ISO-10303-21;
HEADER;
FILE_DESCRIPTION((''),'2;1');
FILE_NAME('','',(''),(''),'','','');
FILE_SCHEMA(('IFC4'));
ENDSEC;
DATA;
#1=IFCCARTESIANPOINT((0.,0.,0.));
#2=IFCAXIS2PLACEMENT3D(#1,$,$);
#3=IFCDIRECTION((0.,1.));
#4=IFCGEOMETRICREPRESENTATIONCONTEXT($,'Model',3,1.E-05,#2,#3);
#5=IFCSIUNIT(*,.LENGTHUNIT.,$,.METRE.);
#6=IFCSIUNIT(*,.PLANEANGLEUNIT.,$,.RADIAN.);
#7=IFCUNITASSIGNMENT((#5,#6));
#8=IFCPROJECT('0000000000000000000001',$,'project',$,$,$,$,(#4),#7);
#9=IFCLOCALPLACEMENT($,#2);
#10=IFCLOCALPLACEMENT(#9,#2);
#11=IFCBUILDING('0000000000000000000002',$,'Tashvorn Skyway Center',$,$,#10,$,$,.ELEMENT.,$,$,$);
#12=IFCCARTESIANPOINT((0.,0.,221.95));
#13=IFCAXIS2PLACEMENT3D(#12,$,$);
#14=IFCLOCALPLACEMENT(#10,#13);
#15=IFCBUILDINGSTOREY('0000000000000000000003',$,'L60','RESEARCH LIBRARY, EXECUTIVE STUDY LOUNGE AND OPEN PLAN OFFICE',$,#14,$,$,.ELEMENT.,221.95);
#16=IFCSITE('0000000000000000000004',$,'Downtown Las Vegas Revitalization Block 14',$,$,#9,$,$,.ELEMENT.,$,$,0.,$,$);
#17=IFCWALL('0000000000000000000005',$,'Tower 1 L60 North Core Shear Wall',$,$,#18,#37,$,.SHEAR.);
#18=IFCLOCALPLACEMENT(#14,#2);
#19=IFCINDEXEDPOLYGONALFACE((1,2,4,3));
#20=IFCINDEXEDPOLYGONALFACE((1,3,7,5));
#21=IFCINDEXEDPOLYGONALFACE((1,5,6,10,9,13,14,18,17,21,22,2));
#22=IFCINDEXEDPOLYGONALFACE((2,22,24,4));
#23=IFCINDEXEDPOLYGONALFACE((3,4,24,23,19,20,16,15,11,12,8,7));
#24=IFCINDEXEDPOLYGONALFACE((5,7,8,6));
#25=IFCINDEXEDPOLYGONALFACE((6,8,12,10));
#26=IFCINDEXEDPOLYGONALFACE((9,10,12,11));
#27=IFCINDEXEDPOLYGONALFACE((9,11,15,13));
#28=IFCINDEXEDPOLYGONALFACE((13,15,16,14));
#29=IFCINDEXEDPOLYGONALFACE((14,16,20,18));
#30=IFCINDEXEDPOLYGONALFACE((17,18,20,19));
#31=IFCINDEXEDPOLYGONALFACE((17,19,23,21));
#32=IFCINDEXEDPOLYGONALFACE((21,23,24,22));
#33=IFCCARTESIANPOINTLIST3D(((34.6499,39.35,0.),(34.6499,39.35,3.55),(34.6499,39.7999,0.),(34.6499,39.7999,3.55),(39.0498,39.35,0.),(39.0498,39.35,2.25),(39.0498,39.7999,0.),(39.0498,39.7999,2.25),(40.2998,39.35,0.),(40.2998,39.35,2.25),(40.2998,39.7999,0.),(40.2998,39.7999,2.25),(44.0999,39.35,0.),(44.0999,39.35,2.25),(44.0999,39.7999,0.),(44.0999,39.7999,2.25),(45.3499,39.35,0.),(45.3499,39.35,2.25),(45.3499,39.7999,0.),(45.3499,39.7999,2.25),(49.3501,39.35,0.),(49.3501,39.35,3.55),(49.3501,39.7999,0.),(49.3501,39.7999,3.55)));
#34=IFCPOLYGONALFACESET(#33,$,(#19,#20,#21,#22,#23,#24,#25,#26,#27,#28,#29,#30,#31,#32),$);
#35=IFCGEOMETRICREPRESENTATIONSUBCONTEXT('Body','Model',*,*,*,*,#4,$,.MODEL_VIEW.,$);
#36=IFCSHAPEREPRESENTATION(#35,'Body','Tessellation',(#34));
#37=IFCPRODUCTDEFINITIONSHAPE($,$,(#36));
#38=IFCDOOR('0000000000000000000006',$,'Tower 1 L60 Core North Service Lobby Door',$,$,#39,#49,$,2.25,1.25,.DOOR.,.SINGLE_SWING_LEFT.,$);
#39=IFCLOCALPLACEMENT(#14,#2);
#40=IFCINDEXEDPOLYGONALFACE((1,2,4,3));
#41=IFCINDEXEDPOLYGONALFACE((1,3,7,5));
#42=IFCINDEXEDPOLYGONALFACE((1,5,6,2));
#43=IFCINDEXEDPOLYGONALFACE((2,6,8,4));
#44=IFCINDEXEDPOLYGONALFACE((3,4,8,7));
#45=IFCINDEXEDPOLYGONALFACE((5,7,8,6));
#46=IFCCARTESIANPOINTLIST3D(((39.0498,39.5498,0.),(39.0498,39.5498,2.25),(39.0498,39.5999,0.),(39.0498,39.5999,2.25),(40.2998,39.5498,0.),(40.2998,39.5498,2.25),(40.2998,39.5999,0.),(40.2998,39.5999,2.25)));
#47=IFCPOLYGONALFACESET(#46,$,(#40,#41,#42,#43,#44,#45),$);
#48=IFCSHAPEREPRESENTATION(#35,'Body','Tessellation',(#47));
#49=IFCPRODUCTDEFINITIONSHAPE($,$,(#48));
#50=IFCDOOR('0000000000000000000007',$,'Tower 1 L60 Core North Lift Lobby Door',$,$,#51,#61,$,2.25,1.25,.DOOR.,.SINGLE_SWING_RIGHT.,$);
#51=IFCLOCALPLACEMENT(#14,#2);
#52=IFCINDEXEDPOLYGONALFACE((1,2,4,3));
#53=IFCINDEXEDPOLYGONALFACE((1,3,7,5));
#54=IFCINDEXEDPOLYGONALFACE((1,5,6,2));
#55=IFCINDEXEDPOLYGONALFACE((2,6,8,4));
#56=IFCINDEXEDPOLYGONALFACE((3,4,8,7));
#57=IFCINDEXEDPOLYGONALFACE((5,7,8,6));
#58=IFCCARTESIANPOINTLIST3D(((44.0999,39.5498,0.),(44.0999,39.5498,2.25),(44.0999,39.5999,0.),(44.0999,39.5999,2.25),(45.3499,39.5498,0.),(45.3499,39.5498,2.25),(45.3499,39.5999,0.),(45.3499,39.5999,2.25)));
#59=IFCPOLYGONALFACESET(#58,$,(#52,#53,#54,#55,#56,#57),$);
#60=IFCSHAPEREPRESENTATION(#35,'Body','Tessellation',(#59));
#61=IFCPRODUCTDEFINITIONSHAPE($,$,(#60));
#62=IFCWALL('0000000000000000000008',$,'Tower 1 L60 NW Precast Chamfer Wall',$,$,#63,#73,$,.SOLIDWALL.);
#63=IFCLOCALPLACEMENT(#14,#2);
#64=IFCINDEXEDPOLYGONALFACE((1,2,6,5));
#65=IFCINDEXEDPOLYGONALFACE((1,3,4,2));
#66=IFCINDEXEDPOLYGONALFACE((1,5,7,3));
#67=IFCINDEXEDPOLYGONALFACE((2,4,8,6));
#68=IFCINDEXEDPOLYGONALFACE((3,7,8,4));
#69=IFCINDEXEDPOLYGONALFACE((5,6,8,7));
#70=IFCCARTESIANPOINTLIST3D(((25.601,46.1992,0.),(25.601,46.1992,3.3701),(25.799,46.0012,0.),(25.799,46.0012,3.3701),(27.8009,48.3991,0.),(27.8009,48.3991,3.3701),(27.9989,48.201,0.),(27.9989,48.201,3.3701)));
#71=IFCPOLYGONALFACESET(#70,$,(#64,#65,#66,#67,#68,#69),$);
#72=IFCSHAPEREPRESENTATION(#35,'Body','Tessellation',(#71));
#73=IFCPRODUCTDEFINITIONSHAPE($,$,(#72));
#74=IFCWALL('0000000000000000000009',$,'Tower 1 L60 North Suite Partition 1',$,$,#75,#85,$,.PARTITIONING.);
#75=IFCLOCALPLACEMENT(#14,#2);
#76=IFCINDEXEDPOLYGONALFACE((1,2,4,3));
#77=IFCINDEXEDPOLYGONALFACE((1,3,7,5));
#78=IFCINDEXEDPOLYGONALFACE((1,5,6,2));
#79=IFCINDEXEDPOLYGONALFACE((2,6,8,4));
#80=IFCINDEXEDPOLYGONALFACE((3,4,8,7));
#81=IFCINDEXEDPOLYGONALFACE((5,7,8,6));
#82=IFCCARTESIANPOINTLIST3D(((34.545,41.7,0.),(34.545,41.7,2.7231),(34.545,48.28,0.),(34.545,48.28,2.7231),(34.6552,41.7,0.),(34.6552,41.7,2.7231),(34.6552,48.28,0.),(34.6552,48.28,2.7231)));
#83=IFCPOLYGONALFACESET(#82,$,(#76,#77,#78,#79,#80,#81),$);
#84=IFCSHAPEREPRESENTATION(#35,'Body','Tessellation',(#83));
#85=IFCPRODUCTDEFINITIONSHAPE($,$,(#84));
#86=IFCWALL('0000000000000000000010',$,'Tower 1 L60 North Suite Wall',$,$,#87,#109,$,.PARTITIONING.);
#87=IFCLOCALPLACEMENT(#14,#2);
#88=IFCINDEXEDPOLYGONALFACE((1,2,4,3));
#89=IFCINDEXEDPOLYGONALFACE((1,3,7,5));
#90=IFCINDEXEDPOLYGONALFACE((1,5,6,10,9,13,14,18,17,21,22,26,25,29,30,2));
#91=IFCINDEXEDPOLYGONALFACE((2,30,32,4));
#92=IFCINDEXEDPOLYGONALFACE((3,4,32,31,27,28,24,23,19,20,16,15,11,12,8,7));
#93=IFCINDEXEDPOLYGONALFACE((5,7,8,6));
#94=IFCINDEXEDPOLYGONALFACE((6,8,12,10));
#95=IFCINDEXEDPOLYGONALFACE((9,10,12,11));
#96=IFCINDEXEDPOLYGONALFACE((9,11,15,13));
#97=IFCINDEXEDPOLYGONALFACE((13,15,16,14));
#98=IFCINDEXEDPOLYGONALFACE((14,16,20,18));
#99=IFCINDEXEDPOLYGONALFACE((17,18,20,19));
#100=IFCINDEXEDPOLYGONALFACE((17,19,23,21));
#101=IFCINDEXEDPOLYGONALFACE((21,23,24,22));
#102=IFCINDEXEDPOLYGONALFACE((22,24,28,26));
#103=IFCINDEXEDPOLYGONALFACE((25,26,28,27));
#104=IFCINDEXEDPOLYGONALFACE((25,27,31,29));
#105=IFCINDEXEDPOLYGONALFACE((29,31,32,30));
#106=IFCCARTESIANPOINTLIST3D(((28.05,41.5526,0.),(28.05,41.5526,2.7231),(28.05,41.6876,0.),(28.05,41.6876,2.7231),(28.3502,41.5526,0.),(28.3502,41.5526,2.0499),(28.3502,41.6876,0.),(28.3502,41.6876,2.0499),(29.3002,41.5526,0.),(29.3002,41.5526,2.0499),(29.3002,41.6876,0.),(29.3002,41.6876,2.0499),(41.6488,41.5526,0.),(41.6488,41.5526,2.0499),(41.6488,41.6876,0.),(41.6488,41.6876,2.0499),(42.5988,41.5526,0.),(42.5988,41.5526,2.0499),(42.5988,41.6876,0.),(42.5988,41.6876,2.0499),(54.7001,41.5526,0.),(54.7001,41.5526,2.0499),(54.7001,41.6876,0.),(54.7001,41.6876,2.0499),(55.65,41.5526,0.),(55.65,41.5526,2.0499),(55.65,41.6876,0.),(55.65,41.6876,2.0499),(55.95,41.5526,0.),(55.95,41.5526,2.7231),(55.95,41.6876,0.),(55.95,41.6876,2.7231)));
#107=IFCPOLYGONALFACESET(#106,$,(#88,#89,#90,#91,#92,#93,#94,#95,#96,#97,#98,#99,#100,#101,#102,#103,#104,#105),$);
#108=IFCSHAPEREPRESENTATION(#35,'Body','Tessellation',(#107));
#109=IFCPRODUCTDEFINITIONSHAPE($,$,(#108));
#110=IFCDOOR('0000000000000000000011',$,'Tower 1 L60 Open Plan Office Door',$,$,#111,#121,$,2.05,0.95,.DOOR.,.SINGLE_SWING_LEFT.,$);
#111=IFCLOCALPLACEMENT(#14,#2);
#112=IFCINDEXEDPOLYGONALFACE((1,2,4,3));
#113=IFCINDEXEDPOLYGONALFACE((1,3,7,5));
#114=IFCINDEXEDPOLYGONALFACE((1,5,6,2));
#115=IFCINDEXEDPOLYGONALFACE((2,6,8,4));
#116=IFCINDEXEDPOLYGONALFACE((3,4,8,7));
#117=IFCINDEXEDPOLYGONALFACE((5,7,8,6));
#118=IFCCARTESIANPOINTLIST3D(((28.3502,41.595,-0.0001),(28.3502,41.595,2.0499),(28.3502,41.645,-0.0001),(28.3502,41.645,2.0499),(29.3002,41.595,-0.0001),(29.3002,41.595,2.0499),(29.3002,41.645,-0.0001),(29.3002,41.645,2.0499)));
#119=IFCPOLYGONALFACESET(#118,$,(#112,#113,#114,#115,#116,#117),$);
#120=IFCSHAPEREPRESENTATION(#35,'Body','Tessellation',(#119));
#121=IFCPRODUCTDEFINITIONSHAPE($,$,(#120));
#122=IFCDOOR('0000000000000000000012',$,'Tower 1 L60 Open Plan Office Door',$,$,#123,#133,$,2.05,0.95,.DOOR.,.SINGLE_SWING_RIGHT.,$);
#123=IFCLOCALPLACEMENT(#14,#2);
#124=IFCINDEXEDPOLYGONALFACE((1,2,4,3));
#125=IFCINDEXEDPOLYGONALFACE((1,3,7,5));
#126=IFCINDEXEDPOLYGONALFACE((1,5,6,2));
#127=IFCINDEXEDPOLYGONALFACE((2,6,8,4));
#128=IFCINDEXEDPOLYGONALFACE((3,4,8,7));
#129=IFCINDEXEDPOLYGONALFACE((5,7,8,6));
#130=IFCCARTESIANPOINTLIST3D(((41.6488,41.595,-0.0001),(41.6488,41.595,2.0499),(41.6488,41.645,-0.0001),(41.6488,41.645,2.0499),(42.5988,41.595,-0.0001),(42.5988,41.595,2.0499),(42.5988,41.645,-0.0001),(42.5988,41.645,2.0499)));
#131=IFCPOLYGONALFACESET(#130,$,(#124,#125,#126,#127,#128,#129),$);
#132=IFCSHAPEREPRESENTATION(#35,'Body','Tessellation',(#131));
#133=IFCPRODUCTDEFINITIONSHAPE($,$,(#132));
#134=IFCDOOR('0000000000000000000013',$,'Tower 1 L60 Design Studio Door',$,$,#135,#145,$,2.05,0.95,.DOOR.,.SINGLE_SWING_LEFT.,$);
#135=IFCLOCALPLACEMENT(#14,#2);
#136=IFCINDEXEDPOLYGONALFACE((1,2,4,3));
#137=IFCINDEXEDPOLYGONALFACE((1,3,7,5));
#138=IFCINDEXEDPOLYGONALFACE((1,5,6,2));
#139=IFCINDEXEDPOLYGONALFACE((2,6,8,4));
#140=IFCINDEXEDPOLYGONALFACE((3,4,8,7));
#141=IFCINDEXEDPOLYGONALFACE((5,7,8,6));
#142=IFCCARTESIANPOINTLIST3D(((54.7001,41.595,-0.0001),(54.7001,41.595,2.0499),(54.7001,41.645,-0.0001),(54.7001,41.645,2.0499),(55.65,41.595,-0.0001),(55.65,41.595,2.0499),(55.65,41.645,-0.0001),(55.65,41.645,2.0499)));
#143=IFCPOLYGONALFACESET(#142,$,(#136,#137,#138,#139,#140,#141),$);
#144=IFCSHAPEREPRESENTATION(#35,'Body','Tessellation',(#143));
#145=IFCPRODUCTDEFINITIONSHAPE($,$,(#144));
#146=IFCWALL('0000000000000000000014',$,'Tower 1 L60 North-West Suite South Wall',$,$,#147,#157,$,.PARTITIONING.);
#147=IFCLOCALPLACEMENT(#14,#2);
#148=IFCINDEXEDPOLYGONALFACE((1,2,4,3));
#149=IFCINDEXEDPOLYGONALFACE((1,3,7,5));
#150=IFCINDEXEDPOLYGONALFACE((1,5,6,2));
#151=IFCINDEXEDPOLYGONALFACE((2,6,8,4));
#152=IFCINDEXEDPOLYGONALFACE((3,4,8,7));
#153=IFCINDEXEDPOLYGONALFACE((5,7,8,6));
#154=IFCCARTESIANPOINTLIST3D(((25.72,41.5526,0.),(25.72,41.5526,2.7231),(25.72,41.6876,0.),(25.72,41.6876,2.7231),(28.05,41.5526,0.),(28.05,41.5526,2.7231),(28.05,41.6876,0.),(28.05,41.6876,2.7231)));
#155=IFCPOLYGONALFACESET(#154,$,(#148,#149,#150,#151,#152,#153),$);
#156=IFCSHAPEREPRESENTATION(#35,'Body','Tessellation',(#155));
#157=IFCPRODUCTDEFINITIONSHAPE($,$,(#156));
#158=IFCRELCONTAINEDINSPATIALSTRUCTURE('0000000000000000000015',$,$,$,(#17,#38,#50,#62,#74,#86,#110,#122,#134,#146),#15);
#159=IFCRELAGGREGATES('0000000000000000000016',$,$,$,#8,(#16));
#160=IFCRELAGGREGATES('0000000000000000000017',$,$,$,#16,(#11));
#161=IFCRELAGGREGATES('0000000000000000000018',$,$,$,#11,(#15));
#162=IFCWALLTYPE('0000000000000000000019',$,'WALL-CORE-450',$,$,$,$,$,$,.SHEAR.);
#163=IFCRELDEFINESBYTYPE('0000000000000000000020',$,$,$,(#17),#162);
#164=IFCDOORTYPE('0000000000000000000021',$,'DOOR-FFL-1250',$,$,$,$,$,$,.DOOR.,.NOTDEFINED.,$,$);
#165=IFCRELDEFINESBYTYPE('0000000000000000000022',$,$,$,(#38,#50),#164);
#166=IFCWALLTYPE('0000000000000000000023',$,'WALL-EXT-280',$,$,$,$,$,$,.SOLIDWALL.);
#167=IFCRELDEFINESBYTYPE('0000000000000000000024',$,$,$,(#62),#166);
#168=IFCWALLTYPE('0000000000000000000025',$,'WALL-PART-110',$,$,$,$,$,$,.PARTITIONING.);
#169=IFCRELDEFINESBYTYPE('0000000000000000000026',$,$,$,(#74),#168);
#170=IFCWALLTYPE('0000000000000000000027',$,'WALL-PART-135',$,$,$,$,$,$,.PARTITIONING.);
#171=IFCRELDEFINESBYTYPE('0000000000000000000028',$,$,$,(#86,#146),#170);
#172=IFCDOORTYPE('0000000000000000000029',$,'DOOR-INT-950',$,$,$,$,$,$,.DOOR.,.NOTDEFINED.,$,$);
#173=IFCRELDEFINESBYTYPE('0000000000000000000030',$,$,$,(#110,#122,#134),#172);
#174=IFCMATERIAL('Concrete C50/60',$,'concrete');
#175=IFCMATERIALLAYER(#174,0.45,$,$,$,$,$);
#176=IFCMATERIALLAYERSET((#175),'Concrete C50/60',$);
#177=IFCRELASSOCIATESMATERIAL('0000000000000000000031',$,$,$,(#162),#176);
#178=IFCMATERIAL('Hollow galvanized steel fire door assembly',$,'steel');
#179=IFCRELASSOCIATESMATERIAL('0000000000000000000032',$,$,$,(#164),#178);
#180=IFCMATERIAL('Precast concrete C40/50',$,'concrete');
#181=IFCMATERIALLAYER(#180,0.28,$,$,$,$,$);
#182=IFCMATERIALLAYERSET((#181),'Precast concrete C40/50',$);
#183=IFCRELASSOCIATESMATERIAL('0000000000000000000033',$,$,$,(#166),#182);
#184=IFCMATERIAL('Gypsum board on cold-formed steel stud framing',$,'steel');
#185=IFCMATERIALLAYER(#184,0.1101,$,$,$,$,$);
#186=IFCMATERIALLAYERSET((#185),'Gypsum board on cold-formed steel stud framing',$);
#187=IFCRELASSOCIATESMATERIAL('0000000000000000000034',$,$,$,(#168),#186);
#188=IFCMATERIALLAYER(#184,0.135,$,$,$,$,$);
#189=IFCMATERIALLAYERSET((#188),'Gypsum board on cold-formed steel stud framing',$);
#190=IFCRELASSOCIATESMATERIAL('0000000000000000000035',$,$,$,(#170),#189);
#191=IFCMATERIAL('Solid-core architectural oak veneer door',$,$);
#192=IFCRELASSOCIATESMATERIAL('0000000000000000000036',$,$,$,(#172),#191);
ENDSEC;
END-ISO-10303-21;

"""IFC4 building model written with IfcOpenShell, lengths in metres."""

from ifc_helpers import new_model, si_unit, direction, frame, frame_2d, origin, place, context, subcontext, project, spatial, rectangle, extrude, material, layer, layer_set, type_object, element, fill, save


model = new_model("IFC4")

# Units and contexts
model_context = context("Model", 3, precision=1e-05, world=origin(), true_north=direction((0.0, 1.0)))
body_context = subcontext(model_context, "Body", "Model", "MODEL_VIEW")
ifc_project = project(units=[si_unit("LENGTHUNIT", "METRE"), si_unit("PLANEANGLEUNIT", "RADIAN")], contexts=[model_context])

# Site, building, storey
site_placement = place(None, origin())
site = spatial("IfcSite", under=ifc_project, at=site_placement, Name="Downtown Las Vegas Revitalization Block 14", CompositionType="ELEMENT", RefElevation=0.0)
building_placement = place(site_placement, origin())
building = spatial("IfcBuilding", under=site, at=building_placement, Name="Tashvorn Skyway Center", CompositionType="ELEMENT")
storey_placement = place(building_placement, frame((0.0, 0.0, 221.95)))
storey = spatial("IfcBuildingStorey", under=building, at=storey_placement, Name="L60", Description="RESEARCH LIBRARY, EXECUTIVE STUDY LOUNGE AND OPEN PLAN OFFICE", CompositionType="ELEMENT", Elevation=221.95)

# Wall, openings, doors
ifc_material_1 = material(Name="Concrete C50/60", Category="concrete")
ifc_layer_1 = layer(ifc_material_1, 0.45)
ifc_layer_set_1 = layer_set([ifc_layer_1], Name="Concrete C50/60")
wall_type_1 = type_object("IfcWallType", Name="WALL-CORE-450", PredefinedType="SHEAR", material=ifc_layer_set_1)
wall_1_placement = place(storey_placement, frame((34.6499, 39.575, 0.0), z_axis=(0.0, 0.0, 1.0), x_axis=(1.0, 0.0, 0.0)))
wall_1 = element("IfcWall", 1, at=wall_1_placement, inside=storey, type_object=wall_type_1, Name="Tower 1 L60 North Core Shear Wall", PredefinedType="SHEAR", context=body_context, shape_type="SweptSolid", body=[
    extrude(rectangle(XDim=14.7002, YDim=0.45, at=frame_2d((7.3501, 0.0))), origin(), (0.0, 0.0, 1.0), 3.55),
])
opening_1_placement = place(wall_1_placement, frame((4.3999, 0.0, 0.0)))
opening_1 = element("IfcOpeningElement", 2, at=opening_1_placement, cuts=wall_1, PredefinedType="OPENING", context=body_context, shape_type="SweptSolid", body=[
    extrude(rectangle(XDim=1.25, YDim=2.25, at=frame_2d((0.625, 1.125))), frame((0.0, 0.2349, 0.0), z_axis=(0.0, -1.0, 0.0), x_axis=(1.0, 0.0, 0.0)), (0.0, 0.0, 1.0), 0.47),
])
opening_2_placement = place(wall_1_placement, frame((9.45, 0.0, 0.0)))
opening_2 = element("IfcOpeningElement", 3, at=opening_2_placement, cuts=wall_1, PredefinedType="OPENING", context=body_context, shape_type="SweptSolid", body=[
    extrude(rectangle(XDim=1.25, YDim=2.25, at=frame_2d((0.625, 1.125))), frame((0.0, 0.2349, 0.0), z_axis=(0.0, -1.0, 0.0), x_axis=(1.0, 0.0, 0.0)), (0.0, 0.0, 1.0), 0.47),
])
ifc_material_2 = material(Name="Hollow galvanized steel fire door assembly", Category="steel")
door_type_1 = type_object("IfcDoorType", Name="DOOR-FFL-1250", OperationType="NOTDEFINED", PredefinedType="DOOR", material=ifc_material_2)
door_1_placement = place(opening_1_placement, origin())
door_1 = element("IfcDoor", 4, at=door_1_placement, inside=storey, type_object=door_type_1, Name="Tower 1 L60 Core North Service Lobby Door", OperationType="SINGLE_SWING_LEFT", OverallHeight=2.25, OverallWidth=1.25, PredefinedType="DOOR", context=body_context, shape_type="SweptSolid", body=[
    extrude(rectangle(XDim=1.25, YDim=2.25, at=frame_2d((0.625, 1.125))), frame((0.0, 0.0249, 0.0), z_axis=(0.0, -1.0, 0.0), x_axis=(1.0, 0.0, 0.0)), (0.0, 0.0, 1.0), 0.05),
])
fill(opening_1, door_1)
door_2_placement = place(opening_2_placement, origin())
door_2 = element("IfcDoor", 5, at=door_2_placement, inside=storey, type_object=door_type_1, Name="Tower 1 L60 Core North Lift Lobby Door", OperationType="SINGLE_SWING_RIGHT", OverallHeight=2.25, OverallWidth=1.25, PredefinedType="DOOR", context=body_context, shape_type="SweptSolid", body=[
    extrude(rectangle(XDim=1.25, YDim=2.25, at=frame_2d((0.625, 1.125))), frame((0.0, 0.0249, 0.0), z_axis=(0.0, -1.0, 0.0), x_axis=(1.0, 0.0, 0.0)), (0.0, 0.0, 1.0), 0.05),
])
fill(opening_2, door_2)

# Walls
ifc_material_3 = material(Name="Precast concrete C40/50", Category="concrete")
ifc_layer_2 = layer(ifc_material_3, 0.28)
ifc_layer_set_2 = layer_set([ifc_layer_2], Name="Precast concrete C40/50")
wall_type_2 = type_object("IfcWallType", Name="WALL-EXT-280", PredefinedType="SOLIDWALL", material=ifc_layer_set_2)
wall_2_placement = place(storey_placement, frame((25.7, 46.1001, 0.0), z_axis=(0.0, 0.0, 1.0), x_axis=(0.707107, 0.707107, 0.0)))
element("IfcWall", 6, at=wall_2_placement, inside=storey, type_object=wall_type_2, Name="Tower 1 L60 NW Precast Chamfer Wall", PredefinedType="SOLIDWALL", context=body_context, shape_type="SweptSolid", body=[
    extrude(rectangle(XDim=3.1111, YDim=0.28, at=frame_2d((1.5557, 0.0))), origin(), (0.0, 0.0, 1.0), 3.3701),
])
ifc_material_4 = material(Name="Gypsum board on cold-formed steel stud framing", Category="steel")
ifc_layer_3 = layer(ifc_material_4, 0.1101)
ifc_layer_set_3 = layer_set([ifc_layer_3], Name="Gypsum board on cold-formed steel stud framing")
wall_type_3 = type_object("IfcWallType", Name="WALL-PART-110", PredefinedType="PARTITIONING", material=ifc_layer_set_3)
wall_3_placement = place(storey_placement, frame((34.6001, 41.7, 0.0), z_axis=(0.0, 0.0, 1.0), x_axis=(0.0, 1.0, 0.0)))
element("IfcWall", 7, at=wall_3_placement, inside=storey, type_object=wall_type_3, Name="Tower 1 L60 North Suite Partition 1", PredefinedType="PARTITIONING", context=body_context, shape_type="SweptSolid", body=[
    extrude(rectangle(XDim=6.5801, YDim=0.1101, at=frame_2d((3.29, 0.0))), origin(), (0.0, 0.0, 1.0), 2.7231),
])

# Wall, openings, doors
ifc_layer_4 = layer(ifc_material_4, 0.135)
ifc_layer_set_4 = layer_set([ifc_layer_4], Name="Gypsum board on cold-formed steel stud framing")
wall_type_4 = type_object("IfcWallType", Name="WALL-PART-135", PredefinedType="PARTITIONING", material=ifc_layer_set_4)
wall_4_placement = place(storey_placement, frame((28.05, 41.6201, 0.0), z_axis=(0.0, 0.0, 1.0), x_axis=(1.0, 0.0, 0.0)))
wall_4 = element("IfcWall", 8, at=wall_4_placement, inside=storey, type_object=wall_type_4, Name="Tower 1 L60 North Suite Wall", PredefinedType="PARTITIONING", context=body_context, shape_type="SweptSolid", body=[
    extrude(rectangle(XDim=27.8999, YDim=0.135, at=frame_2d((13.95, 0.0))), origin(), (0.0, 0.0, 1.0), 2.7231),
])
opening_3_placement = place(wall_4_placement, frame((0.3, 0.0, 0.0)))
opening_3 = element("IfcOpeningElement", 9, at=opening_3_placement, cuts=wall_4, PredefinedType="OPENING", context=body_context, shape_type="SweptSolid", body=[
    extrude(rectangle(XDim=0.95, YDim=2.05, at=frame_2d((0.4751, 1.0249))), frame((0.0, 0.0774, 0.0), z_axis=(0.0, -1.0, 0.0), x_axis=(1.0, 0.0, 0.0)), (0.0, 0.0, 1.0), 0.155),
])
opening_4_placement = place(wall_4_placement, frame((13.5986, 0.0, 0.0)))
opening_4 = element("IfcOpeningElement", 10, at=opening_4_placement, cuts=wall_4, PredefinedType="OPENING", context=body_context, shape_type="SweptSolid", body=[
    extrude(rectangle(XDim=0.95, YDim=2.05, at=frame_2d((0.4751, 1.0249))), frame((0.0, 0.0774, 0.0), z_axis=(0.0, -1.0, 0.0), x_axis=(1.0, 0.0, 0.0)), (0.0, 0.0, 1.0), 0.155),
])
opening_5_placement = place(wall_4_placement, frame((26.6499, 0.0, 0.0)))
opening_5 = element("IfcOpeningElement", 11, at=opening_5_placement, cuts=wall_4, PredefinedType="OPENING", context=body_context, shape_type="SweptSolid", body=[
    extrude(rectangle(XDim=0.95, YDim=2.05, at=frame_2d((0.4751, 1.0249))), frame((0.0, 0.0774, 0.0), z_axis=(0.0, -1.0, 0.0), x_axis=(1.0, 0.0, 0.0)), (0.0, 0.0, 1.0), 0.155),
])
ifc_material_5 = material(Name="Solid-core architectural oak veneer door")
door_type_2 = type_object("IfcDoorType", Name="DOOR-INT-950", OperationType="NOTDEFINED", PredefinedType="DOOR", material=ifc_material_5)
door_3_placement = place(opening_3_placement, origin())
door_3 = element("IfcDoor", 12, at=door_3_placement, inside=storey, type_object=door_type_2, Name="Tower 1 L60 Open Plan Office Door", OperationType="SINGLE_SWING_LEFT", OverallHeight=2.05, OverallWidth=0.95, PredefinedType="DOOR", context=body_context, shape_type="SweptSolid", body=[
    extrude(rectangle(XDim=0.95, YDim=2.05, at=frame_2d((0.4751, 1.0249))), frame((0.0, 0.0249, 0.0), z_axis=(0.0, -1.0, 0.0), x_axis=(1.0, 0.0, 0.0)), (0.0, 0.0, 1.0), 0.05),
])
fill(opening_3, door_3)
door_4_placement = place(opening_4_placement, origin())
door_4 = element("IfcDoor", 13, at=door_4_placement, inside=storey, type_object=door_type_2, Name="Tower 1 L60 Open Plan Office Door", OperationType="SINGLE_SWING_RIGHT", OverallHeight=2.05, OverallWidth=0.95, PredefinedType="DOOR", context=body_context, shape_type="SweptSolid", body=[
    extrude(rectangle(XDim=0.95, YDim=2.05, at=frame_2d((0.4751, 1.0249))), frame((0.0, 0.0249, 0.0), z_axis=(0.0, -1.0, 0.0), x_axis=(1.0, 0.0, 0.0)), (0.0, 0.0, 1.0), 0.05),
])
fill(opening_4, door_4)
door_5_placement = place(opening_5_placement, origin())
door_5 = element("IfcDoor", 14, at=door_5_placement, inside=storey, type_object=door_type_2, Name="Tower 1 L60 Design Studio Door", OperationType="SINGLE_SWING_LEFT", OverallHeight=2.05, OverallWidth=0.95, PredefinedType="DOOR", context=body_context, shape_type="SweptSolid", body=[
    extrude(rectangle(XDim=0.95, YDim=2.05, at=frame_2d((0.4751, 1.0249))), frame((0.0, 0.0249, 0.0), z_axis=(0.0, -1.0, 0.0), x_axis=(1.0, 0.0, 0.0)), (0.0, 0.0, 1.0), 0.05),
])
fill(opening_5, door_5)

# Wall
wall_5_placement = place(storey_placement, frame((25.72, 41.6201, 0.0), z_axis=(0.0, 0.0, 1.0), x_axis=(1.0, 0.0, 0.0)))
element("IfcWall", 15, at=wall_5_placement, inside=storey, type_object=wall_type_4, Name="Tower 1 L60 North-West Suite South Wall", PredefinedType="PARTITIONING", context=body_context, shape_type="SweptSolid", body=[
    extrude(rectangle(XDim=2.3301, YDim=0.135, at=frame_2d((1.165, 0.0))), origin(), (0.0, 0.0, 1.0), 2.7231),
])

save(model, "model.ifc")
